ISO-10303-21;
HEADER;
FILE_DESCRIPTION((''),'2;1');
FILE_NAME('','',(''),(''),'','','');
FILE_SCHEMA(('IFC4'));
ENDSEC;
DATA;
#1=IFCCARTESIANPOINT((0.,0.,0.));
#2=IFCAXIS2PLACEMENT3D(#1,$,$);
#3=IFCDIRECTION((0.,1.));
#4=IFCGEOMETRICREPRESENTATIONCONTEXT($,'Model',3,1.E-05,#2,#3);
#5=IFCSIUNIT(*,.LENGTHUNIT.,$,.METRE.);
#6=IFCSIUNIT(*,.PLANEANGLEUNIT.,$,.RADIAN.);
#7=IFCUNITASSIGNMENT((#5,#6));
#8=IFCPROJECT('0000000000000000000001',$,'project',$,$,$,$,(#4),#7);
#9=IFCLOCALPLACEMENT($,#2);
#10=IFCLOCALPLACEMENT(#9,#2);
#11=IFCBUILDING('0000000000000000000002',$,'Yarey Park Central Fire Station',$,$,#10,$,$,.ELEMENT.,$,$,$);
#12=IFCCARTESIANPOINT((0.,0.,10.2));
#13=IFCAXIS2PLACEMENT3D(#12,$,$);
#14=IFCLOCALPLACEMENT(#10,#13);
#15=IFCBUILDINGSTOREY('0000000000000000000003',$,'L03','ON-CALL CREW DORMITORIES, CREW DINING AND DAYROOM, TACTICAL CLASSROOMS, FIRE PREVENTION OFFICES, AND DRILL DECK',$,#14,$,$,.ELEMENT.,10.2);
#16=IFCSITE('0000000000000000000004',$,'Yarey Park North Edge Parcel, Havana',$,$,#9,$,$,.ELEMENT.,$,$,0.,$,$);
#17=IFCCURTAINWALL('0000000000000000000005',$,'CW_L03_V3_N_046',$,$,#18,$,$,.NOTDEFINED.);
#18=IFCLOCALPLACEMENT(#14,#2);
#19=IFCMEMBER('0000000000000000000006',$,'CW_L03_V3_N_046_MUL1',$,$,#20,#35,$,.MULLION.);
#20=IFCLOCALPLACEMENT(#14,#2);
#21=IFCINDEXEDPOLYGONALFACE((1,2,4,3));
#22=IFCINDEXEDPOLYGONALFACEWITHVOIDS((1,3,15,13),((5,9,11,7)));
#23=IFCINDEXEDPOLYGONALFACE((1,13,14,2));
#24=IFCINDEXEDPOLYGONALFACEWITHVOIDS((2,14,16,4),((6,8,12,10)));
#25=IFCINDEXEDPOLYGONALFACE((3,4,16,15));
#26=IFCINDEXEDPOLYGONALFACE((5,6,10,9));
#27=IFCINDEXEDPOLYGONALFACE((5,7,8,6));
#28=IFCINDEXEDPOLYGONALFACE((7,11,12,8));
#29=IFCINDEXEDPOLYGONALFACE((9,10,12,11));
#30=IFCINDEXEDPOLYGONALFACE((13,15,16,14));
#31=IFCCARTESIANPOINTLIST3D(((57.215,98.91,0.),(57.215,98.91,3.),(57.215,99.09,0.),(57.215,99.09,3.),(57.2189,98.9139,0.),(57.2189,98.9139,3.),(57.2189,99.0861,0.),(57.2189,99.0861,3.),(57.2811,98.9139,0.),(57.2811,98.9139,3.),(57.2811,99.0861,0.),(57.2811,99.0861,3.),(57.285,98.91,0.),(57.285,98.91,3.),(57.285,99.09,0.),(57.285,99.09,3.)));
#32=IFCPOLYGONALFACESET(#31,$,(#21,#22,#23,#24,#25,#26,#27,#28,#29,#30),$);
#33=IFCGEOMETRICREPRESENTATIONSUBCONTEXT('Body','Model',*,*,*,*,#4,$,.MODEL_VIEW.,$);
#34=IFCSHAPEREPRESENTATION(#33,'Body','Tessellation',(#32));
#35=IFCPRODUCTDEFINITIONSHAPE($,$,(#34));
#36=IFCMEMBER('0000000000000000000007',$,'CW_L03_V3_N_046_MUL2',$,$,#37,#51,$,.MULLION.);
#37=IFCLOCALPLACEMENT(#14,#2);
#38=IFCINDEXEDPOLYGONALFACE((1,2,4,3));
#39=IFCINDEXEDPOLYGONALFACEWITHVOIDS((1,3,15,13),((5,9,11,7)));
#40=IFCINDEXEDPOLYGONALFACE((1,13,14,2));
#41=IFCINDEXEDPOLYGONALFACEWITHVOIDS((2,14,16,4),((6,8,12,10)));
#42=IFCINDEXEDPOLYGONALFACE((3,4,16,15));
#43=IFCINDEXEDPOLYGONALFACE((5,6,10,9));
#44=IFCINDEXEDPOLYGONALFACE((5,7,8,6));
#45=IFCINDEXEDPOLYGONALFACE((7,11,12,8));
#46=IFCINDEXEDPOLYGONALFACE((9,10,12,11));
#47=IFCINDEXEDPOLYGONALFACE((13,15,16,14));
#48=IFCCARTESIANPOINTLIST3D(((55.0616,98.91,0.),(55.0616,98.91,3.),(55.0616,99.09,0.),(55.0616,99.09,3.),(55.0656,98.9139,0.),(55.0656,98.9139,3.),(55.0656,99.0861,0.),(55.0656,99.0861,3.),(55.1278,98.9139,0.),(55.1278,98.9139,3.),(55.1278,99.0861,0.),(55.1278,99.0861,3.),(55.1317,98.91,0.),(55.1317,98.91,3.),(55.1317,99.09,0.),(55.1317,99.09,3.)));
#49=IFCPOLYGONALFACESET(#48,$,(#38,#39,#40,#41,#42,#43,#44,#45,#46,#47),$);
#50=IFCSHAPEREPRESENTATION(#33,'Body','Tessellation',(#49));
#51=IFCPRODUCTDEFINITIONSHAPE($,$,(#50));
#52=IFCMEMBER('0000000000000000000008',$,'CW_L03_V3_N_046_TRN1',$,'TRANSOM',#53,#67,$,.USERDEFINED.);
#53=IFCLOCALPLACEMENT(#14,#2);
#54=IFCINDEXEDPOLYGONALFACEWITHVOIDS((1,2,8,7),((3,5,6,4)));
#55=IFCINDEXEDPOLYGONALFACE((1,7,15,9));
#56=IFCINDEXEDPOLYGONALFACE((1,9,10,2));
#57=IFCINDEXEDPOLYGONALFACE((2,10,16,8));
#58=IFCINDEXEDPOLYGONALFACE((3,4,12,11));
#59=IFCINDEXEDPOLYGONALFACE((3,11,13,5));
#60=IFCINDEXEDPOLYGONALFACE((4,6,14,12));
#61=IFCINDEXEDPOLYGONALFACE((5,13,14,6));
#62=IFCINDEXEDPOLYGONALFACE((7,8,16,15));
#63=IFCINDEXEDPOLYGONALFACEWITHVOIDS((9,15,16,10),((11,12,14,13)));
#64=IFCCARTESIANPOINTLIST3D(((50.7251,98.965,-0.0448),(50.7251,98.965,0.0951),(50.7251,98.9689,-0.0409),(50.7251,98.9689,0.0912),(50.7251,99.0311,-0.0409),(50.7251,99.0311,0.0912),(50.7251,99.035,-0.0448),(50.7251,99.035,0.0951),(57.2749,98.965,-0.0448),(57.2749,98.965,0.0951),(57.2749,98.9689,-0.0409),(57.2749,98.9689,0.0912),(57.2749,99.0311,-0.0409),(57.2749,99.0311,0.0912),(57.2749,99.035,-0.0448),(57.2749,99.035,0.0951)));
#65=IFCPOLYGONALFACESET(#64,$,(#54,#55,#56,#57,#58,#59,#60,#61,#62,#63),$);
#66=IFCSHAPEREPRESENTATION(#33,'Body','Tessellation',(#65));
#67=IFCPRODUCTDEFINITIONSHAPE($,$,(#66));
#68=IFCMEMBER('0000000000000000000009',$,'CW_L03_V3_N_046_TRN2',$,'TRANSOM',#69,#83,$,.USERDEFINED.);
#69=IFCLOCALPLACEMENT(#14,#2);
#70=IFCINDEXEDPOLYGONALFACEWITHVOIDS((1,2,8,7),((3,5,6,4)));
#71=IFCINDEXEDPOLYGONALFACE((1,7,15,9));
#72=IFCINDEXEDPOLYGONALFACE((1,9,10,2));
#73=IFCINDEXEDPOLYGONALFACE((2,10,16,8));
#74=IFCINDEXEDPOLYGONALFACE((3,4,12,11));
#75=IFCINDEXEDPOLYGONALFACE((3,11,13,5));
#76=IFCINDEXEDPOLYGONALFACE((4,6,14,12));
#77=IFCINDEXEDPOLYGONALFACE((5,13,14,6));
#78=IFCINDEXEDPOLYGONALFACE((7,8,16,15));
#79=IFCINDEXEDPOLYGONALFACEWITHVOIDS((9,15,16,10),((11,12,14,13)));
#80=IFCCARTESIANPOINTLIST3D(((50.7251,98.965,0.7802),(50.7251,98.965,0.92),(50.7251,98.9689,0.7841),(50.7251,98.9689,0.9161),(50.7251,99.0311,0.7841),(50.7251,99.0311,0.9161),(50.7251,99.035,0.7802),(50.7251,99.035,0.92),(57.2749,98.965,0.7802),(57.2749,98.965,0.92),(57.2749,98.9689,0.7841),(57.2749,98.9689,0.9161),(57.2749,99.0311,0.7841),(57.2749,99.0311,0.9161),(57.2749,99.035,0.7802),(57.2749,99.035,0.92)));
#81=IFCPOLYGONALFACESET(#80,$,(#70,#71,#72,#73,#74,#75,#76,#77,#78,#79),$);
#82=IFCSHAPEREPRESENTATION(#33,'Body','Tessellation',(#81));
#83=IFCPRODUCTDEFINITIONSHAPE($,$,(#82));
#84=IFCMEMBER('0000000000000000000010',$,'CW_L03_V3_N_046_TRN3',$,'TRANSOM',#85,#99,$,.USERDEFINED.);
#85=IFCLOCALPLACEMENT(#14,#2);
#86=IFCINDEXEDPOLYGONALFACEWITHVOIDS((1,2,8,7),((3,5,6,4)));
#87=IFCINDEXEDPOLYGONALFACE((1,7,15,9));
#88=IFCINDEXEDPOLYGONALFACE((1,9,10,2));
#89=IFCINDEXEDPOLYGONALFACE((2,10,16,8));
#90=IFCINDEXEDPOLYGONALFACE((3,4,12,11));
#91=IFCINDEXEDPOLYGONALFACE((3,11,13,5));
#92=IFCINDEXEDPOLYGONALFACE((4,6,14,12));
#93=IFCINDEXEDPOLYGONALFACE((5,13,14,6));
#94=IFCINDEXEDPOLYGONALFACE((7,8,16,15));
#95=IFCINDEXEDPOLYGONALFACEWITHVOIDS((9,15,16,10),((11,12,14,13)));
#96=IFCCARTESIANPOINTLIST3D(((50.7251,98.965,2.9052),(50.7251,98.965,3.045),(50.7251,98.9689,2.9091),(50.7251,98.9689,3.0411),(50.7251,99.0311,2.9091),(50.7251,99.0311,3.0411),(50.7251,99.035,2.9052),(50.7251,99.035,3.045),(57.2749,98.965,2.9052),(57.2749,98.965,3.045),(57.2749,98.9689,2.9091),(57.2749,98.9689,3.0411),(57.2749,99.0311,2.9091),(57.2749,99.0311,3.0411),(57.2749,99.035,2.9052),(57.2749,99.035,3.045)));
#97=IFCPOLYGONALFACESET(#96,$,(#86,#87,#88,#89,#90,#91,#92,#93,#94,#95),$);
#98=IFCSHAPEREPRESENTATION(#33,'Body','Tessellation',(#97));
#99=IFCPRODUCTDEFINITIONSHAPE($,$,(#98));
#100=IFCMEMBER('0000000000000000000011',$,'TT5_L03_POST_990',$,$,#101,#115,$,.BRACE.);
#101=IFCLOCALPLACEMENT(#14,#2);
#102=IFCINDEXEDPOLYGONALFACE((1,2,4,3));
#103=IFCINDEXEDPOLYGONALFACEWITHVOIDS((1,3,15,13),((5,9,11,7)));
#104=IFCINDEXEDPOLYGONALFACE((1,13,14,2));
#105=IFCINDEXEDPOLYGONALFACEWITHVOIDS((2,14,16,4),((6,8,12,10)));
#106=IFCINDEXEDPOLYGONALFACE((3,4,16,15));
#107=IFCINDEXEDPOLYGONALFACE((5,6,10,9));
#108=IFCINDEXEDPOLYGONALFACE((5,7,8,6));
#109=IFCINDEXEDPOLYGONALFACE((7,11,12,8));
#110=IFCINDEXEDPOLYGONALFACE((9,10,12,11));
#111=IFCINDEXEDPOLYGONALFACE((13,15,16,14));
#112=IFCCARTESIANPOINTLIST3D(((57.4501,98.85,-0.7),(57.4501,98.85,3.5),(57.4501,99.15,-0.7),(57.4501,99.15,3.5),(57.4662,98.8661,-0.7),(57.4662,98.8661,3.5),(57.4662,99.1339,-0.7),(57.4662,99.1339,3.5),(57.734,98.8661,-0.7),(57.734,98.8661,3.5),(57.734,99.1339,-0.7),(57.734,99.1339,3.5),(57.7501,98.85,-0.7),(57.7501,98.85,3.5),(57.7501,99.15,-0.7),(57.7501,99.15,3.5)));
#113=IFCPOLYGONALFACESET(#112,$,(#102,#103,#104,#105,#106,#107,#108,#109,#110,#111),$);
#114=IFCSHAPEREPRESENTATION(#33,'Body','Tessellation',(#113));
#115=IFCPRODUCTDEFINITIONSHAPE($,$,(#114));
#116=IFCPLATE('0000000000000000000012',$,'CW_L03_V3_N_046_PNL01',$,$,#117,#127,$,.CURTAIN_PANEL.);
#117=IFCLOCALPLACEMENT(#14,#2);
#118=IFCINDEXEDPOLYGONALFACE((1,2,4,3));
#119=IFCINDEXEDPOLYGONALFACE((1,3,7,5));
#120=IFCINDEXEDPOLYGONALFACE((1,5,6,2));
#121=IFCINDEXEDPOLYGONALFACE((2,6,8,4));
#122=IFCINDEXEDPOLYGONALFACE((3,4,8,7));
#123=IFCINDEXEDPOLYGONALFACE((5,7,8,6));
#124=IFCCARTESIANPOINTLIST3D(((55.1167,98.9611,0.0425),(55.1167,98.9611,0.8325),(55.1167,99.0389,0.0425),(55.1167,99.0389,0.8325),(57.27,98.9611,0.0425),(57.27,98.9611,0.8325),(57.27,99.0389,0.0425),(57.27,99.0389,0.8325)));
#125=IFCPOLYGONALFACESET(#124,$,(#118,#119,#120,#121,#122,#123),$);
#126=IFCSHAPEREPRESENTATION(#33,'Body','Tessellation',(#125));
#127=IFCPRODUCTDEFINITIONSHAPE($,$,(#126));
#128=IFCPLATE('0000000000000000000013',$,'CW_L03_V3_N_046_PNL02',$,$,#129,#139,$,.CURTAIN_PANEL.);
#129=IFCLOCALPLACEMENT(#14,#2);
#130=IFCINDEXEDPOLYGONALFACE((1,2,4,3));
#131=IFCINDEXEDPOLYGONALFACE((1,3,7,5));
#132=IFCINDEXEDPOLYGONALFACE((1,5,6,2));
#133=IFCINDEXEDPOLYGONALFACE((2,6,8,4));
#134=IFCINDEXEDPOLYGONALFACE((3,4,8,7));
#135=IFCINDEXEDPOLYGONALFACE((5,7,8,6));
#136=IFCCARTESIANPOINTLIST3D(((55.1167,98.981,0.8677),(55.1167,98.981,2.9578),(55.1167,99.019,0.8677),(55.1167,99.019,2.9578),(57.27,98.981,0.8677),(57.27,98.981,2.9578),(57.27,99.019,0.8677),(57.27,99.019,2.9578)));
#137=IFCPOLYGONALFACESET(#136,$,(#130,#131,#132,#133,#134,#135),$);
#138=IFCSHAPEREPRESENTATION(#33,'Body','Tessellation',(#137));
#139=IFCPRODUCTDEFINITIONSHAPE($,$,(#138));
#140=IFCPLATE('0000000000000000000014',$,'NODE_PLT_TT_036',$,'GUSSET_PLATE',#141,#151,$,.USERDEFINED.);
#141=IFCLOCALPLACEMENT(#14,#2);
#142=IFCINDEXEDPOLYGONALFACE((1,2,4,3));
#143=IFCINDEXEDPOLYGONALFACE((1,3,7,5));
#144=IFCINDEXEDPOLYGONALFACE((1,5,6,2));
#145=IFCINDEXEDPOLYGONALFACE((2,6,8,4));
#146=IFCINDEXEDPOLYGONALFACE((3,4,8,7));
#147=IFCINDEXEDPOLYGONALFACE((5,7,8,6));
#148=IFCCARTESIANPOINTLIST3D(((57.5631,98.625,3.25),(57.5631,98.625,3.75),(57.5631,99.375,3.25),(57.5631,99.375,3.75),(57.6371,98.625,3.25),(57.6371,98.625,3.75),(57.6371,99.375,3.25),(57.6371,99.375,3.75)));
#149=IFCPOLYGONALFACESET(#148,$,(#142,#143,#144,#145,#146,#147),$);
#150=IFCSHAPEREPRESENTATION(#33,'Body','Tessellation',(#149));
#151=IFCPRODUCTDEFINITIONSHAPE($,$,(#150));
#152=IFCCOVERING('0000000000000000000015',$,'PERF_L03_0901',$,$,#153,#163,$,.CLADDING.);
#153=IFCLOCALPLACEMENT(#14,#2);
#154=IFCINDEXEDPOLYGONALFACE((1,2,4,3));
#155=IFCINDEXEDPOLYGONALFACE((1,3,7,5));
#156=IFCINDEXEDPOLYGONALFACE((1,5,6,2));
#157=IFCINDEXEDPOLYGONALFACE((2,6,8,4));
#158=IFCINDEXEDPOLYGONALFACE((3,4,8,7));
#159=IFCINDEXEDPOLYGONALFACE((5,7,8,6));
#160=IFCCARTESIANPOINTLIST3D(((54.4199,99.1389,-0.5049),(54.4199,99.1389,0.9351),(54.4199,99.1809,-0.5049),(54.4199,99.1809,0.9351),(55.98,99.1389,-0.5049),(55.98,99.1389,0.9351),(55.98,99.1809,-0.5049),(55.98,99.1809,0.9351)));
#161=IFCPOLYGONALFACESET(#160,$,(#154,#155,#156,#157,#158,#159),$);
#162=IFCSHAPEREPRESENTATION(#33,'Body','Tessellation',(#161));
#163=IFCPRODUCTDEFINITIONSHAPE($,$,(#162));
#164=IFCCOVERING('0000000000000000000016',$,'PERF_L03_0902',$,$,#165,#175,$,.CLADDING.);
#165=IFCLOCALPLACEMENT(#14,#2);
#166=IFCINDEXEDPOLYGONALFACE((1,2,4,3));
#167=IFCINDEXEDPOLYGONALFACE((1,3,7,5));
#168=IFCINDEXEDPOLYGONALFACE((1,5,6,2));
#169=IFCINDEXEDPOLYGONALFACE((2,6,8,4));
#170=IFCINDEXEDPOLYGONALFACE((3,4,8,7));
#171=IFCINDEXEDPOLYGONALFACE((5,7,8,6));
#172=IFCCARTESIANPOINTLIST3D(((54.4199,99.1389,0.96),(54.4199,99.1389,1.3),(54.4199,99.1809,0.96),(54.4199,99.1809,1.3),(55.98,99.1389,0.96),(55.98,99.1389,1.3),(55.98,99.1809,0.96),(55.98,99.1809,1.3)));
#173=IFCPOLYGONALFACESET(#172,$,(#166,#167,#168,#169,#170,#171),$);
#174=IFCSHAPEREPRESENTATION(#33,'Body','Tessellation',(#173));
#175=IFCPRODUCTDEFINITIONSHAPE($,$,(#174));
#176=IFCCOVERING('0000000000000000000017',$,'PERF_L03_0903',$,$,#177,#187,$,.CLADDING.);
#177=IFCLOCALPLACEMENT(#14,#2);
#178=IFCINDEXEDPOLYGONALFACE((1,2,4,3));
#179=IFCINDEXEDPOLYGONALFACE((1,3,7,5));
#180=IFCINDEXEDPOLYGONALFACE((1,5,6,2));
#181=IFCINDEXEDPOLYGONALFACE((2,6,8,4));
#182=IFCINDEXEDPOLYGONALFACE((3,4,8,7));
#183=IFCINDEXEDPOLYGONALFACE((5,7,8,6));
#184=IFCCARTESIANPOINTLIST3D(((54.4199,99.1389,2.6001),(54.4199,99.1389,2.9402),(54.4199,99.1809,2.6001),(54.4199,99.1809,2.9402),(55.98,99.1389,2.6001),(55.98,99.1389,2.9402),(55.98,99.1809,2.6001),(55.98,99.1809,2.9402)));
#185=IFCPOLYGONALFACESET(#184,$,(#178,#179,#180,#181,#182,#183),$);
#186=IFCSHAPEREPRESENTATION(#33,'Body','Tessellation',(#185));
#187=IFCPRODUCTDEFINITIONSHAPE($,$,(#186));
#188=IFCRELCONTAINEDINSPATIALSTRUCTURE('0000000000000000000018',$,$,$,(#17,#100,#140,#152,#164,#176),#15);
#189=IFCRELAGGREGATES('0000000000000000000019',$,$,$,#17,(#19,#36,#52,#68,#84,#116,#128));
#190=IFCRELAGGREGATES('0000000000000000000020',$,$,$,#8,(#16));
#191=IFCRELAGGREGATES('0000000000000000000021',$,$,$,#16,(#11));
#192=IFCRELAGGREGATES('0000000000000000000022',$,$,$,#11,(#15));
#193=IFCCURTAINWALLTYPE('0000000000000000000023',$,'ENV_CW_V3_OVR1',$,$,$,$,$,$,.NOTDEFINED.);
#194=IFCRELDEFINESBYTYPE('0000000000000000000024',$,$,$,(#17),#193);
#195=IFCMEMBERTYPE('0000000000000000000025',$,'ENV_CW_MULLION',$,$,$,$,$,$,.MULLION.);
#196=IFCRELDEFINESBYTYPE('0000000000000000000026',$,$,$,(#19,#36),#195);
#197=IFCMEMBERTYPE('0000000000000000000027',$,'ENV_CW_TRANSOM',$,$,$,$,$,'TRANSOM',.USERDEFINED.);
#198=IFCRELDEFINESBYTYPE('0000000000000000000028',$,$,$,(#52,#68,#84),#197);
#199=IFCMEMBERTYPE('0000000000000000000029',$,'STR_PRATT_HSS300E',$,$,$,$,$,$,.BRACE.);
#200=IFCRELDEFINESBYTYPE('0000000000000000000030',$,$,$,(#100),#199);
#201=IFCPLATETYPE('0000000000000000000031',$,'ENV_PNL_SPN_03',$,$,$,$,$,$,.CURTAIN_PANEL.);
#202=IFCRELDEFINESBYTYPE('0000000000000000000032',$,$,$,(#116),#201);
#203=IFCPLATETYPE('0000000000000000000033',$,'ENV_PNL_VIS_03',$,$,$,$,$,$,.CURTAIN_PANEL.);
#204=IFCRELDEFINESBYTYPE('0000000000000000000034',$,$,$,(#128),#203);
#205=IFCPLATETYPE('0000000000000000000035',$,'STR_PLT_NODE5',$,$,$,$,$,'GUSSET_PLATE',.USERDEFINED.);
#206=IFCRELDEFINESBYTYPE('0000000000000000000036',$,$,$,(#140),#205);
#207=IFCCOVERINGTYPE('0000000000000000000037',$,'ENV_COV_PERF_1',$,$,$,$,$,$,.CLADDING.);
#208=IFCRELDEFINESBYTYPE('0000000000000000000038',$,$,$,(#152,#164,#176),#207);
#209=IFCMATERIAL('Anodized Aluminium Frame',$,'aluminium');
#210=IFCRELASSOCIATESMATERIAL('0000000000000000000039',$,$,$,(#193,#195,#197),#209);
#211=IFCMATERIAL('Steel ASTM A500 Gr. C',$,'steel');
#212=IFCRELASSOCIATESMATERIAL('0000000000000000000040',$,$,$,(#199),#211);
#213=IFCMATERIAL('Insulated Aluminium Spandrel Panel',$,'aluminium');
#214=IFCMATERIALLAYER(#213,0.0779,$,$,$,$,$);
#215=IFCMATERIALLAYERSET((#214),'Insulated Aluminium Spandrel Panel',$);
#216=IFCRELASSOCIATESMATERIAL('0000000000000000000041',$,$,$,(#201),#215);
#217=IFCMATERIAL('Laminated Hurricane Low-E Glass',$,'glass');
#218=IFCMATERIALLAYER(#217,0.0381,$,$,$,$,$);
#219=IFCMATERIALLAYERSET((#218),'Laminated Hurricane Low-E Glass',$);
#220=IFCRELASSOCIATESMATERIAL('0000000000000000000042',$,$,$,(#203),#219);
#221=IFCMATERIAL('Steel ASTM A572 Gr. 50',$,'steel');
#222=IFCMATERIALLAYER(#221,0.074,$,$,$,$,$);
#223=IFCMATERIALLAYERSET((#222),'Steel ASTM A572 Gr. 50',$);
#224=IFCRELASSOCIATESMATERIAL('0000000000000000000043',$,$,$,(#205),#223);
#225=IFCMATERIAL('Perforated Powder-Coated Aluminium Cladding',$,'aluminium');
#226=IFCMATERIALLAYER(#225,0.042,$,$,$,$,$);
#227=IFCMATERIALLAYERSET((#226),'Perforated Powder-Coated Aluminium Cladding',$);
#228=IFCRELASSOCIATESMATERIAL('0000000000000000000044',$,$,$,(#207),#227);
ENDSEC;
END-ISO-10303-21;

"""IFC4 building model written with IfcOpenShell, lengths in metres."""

from ifc_helpers import new_model, si_unit, direction, frame, origin, origin_2d, place, context, subcontext, project, spatial, rectangle, hollow_rectangle, extrude, material, layer, layer_set, material_profile, profile_set, type_object, element, aggregate, save


model = new_model("IFC4")

# Units and contexts
model_context = context("Model", 3, precision=1e-05, world=origin(), true_north=direction((0.0, 1.0)))
body_context = subcontext(model_context, "Body", "Model", "MODEL_VIEW")
ifc_project = project(units=[si_unit("LENGTHUNIT", "METRE"), si_unit("PLANEANGLEUNIT", "RADIAN")], contexts=[model_context])

# Site, building, storey
site_placement = place(None, origin())
site = spatial("IfcSite", under=ifc_project, at=site_placement, Name="Yarey Park North Edge Parcel, Havana", CompositionType="ELEMENT", RefElevation=0.0)
building_placement = place(site_placement, origin())
building = spatial("IfcBuilding", under=site, at=building_placement, Name="Yarey Park Central Fire Station", CompositionType="ELEMENT")
storey_placement = place(building_placement, frame((0.0, 0.0, 10.2)))
storey = spatial("IfcBuildingStorey", under=building, at=storey_placement, Name="L03", Description="ON-CALL CREW DORMITORIES, CREW DINING AND DAYROOM, TACTICAL CLASSROOMS, FIRE PREVENTION OFFICES, AND DRILL DECK", CompositionType="ELEMENT", Elevation=10.2)

# Curtain wall, members
ifc_material_1 = material(Name="Anodized Aluminium Frame", Category="aluminium")
curtain_wall_type = type_object("IfcCurtainWallType", Name="ENV_CW_V3_OVR1", PredefinedType="NOTDEFINED", material=ifc_material_1)
curtain_wall_placement = place(storey_placement, origin())
curtain_wall = element("IfcCurtainWall", 1, at=curtain_wall_placement, inside=storey, type_object=curtain_wall_type, Name="CW_L03_V3_N_046", PredefinedType="NOTDEFINED")
ifc_material_profile_1 = material_profile(ifc_material_1, hollow_rectangle(XDim=0.0701, YDim=0.1799, WallThickness=0.0039, at=origin_2d()), Name="ALU 180x70x4")
ifc_profile_set_1 = profile_set([ifc_material_profile_1], Name="Anodized Aluminium Frame")
member_type_1 = type_object("IfcMemberType", Name="ENV_CW_MULLION", PredefinedType="MULLION", material=ifc_profile_set_1)
member_1_placement = place(storey_placement, frame((57.25, 99.0, 0.0), z_axis=(0.0, 0.0, 1.0), x_axis=(1.0, 0.0, 0.0)))
member_1 = element("IfcMember", 2, at=member_1_placement, type_object=member_type_1, Name="CW_L03_V3_N_046_MUL1", PredefinedType="MULLION", context=body_context, shape_type="SweptSolid", body=[
    extrude(hollow_rectangle(XDim=0.0701, YDim=0.1799, WallThickness=0.0039, at=origin_2d()), origin(), (0.0, 0.0, 1.0), 3.0),
])
member_2_placement = place(storey_placement, frame((55.0967, 99.0, 0.0), z_axis=(0.0, 0.0, 1.0), x_axis=(1.0, 0.0, 0.0)))
member_2 = element("IfcMember", 3, at=member_2_placement, type_object=member_type_1, Name="CW_L03_V3_N_046_MUL2", PredefinedType="MULLION", context=body_context, shape_type="SweptSolid", body=[
    extrude(hollow_rectangle(XDim=0.0701, YDim=0.1799, WallThickness=0.0039, at=origin_2d()), origin(), (0.0, 0.0, 1.0), 3.0),
])
ifc_material_profile_2 = material_profile(ifc_material_1, hollow_rectangle(XDim=0.0701, YDim=0.1399, WallThickness=0.0039, at=origin_2d()), Name="ALU 140x70x4")
ifc_profile_set_2 = profile_set([ifc_material_profile_2], Name="Anodized Aluminium Frame")
member_type_2 = type_object("IfcMemberType", Name="ENV_CW_TRANSOM", ElementType="TRANSOM", PredefinedType="USERDEFINED", material=ifc_profile_set_2)
member_3_placement = place(storey_placement, frame((57.2749, 99.0, 0.0251), z_axis=(-1.0, 0.0, 0.0), x_axis=(0.0, -1.0, 0.0)))
member_3 = element("IfcMember", 4, at=member_3_placement, type_object=member_type_2, Name="CW_L03_V3_N_046_TRN1", ObjectType="TRANSOM", PredefinedType="USERDEFINED", context=body_context, shape_type="SweptSolid", body=[
    extrude(hollow_rectangle(XDim=0.0701, YDim=0.1399, WallThickness=0.0039, at=origin_2d()), origin(), (0.0, 0.0, 1.0), 6.5498),
])
member_4_placement = place(storey_placement, frame((57.2749, 99.0, 0.8501), z_axis=(-1.0, 0.0, 0.0), x_axis=(0.0, -1.0, 0.0)))
member_4 = element("IfcMember", 5, at=member_4_placement, type_object=member_type_2, Name="CW_L03_V3_N_046_TRN2", ObjectType="TRANSOM", PredefinedType="USERDEFINED", context=body_context, shape_type="SweptSolid", body=[
    extrude(hollow_rectangle(XDim=0.0701, YDim=0.1399, WallThickness=0.0039, at=origin_2d()), origin(), (0.0, 0.0, 1.0), 6.5498),
])
member_5_placement = place(storey_placement, frame((57.2749, 99.0, 2.9751), z_axis=(-1.0, 0.0, 0.0), x_axis=(0.0, -1.0, 0.0)))
member_5 = element("IfcMember", 6, at=member_5_placement, type_object=member_type_2, Name="CW_L03_V3_N_046_TRN3", ObjectType="TRANSOM", PredefinedType="USERDEFINED", context=body_context, shape_type="SweptSolid", body=[
    extrude(hollow_rectangle(XDim=0.0701, YDim=0.1399, WallThickness=0.0039, at=origin_2d()), origin(), (0.0, 0.0, 1.0), 6.5498),
])

# Member
ifc_material_2 = material(Name="Steel ASTM A500 Gr. C", Category="steel")
ifc_material_profile_3 = material_profile(ifc_material_2, hollow_rectangle(XDim=0.3, YDim=0.3, WallThickness=0.0161, at=origin_2d()), Name="HSS 300x300x16")
ifc_profile_set_3 = profile_set([ifc_material_profile_3], Name="Steel ASTM A500 Gr. C")
member_type_3 = type_object("IfcMemberType", Name="STR_PRATT_HSS300E", PredefinedType="BRACE", material=ifc_profile_set_3)
member_6_placement = place(storey_placement, frame((57.6001, 99.0, -0.7), z_axis=(0.0, 0.0, 1.0), x_axis=(1.0, 0.0, 0.0)))
element("IfcMember", 7, at=member_6_placement, inside=storey, type_object=member_type_3, Name="TT5_L03_POST_990", PredefinedType="BRACE", context=body_context, shape_type="SweptSolid", body=[
    extrude(hollow_rectangle(XDim=0.3, YDim=0.3, WallThickness=0.0161, at=origin_2d()), origin(), (0.0, 0.0, 1.0), 4.2),
])

# Plates
ifc_material_3 = material(Name="Insulated Aluminium Spandrel Panel", Category="aluminium")
ifc_layer_1 = layer(ifc_material_3, 0.0779)
ifc_layer_set_1 = layer_set([ifc_layer_1], Name="Insulated Aluminium Spandrel Panel")
plate_type_1 = type_object("IfcPlateType", Name="ENV_PNL_SPN_03", PredefinedType="CURTAIN_PANEL", material=ifc_layer_set_1)
plate_1_placement = place(storey_placement, frame((56.1934, 99.0, 0.0425), z_axis=(0.0, 0.0, 1.0), x_axis=(-1.0, 0.0, 0.0)))
plate_1 = element("IfcPlate", 8, at=plate_1_placement, type_object=plate_type_1, Name="CW_L03_V3_N_046_PNL01", PredefinedType="CURTAIN_PANEL", context=body_context, shape_type="SweptSolid", body=[
    extrude(rectangle(XDim=2.1533, YDim=0.0779, at=origin_2d()), origin(), (0.0, 0.0, 1.0), 0.79),
])
ifc_material_4 = material(Name="Laminated Hurricane Low-E Glass", Category="glass")
ifc_layer_2 = layer(ifc_material_4, 0.0381)
ifc_layer_set_2 = layer_set([ifc_layer_2], Name="Laminated Hurricane Low-E Glass")
plate_type_2 = type_object("IfcPlateType", Name="ENV_PNL_VIS_03", PredefinedType="CURTAIN_PANEL", material=ifc_layer_set_2)
plate_2_placement = place(storey_placement, frame((56.1934, 99.0, 0.8677), z_axis=(0.0, 0.0, 1.0), x_axis=(-1.0, 0.0, 0.0)))
plate_2 = element("IfcPlate", 9, at=plate_2_placement, type_object=plate_type_2, Name="CW_L03_V3_N_046_PNL02", PredefinedType="CURTAIN_PANEL", context=body_context, shape_type="SweptSolid", body=[
    extrude(rectangle(XDim=2.1533, YDim=0.0381, at=origin_2d()), origin(), (0.0, 0.0, 1.0), 2.0901),
])
aggregate(curtain_wall, [member_1, member_2, member_3, member_4, member_5, plate_1, plate_2])
ifc_material_5 = material(Name="Steel ASTM A572 Gr. 50", Category="steel")
ifc_layer_3 = layer(ifc_material_5, 0.074)
ifc_layer_set_3 = layer_set([ifc_layer_3], Name="Steel ASTM A572 Gr. 50")
plate_type_3 = type_object("IfcPlateType", Name="STR_PLT_NODE5", ElementType="GUSSET_PLATE", PredefinedType="USERDEFINED", material=ifc_layer_set_3)
plate_3_placement = place(storey_placement, frame((57.6001, 99.0, 3.25), z_axis=(0.0, 0.0, 1.0), x_axis=(1.0, 0.0, 0.0)))
element("IfcPlate", 10, at=plate_3_placement, inside=storey, type_object=plate_type_3, Name="NODE_PLT_TT_036", ObjectType="GUSSET_PLATE", PredefinedType="USERDEFINED", context=body_context, shape_type="SweptSolid", body=[
    extrude(rectangle(XDim=0.074, YDim=0.75, at=origin_2d()), origin(), (0.0, 0.0, 1.0), 0.5),
])

# Coverings
ifc_material_6 = material(Name="Perforated Powder-Coated Aluminium Cladding", Category="aluminium")
ifc_layer_4 = layer(ifc_material_6, 0.042)
ifc_layer_set_4 = layer_set([ifc_layer_4], Name="Perforated Powder-Coated Aluminium Cladding")
covering_type_1 = type_object("IfcCoveringType", Name="ENV_COV_PERF_1", PredefinedType="CLADDING", material=ifc_layer_set_4)
covering_1_placement = place(storey_placement, frame((55.2, 99.1599, -0.5049), z_axis=(0.0, 0.0, 1.0), x_axis=(1.0, 0.0, 0.0)))
element("IfcCovering", 11, at=covering_1_placement, inside=storey, type_object=covering_type_1, Name="PERF_L03_0901", PredefinedType="CLADDING", context=body_context, shape_type="SweptSolid", body=[
    extrude(rectangle(XDim=1.5601, YDim=0.042, at=origin_2d()), origin(), (0.0, 0.0, 1.0), 1.4399),
])
for number, where, z_axis, x_axis, name in (
    (12, (55.2, 99.1599, 0.96), (0.0, 0.0, 1.0), (1.0, 0.0, 0.0), "PERF_L03_0902"),
    (13, (55.2, 99.1599, 2.6001), (0.0, 0.0, 1.0), (1.0, 0.0, 0.0), "PERF_L03_0903"),
):
    element("IfcCovering", number, at=place(storey_placement, frame(where, z_axis=z_axis, x_axis=x_axis)), inside=storey, type_object=covering_type_1, Name=name, PredefinedType="CLADDING", context=body_context, shape_type="SweptSolid", body=[
        extrude(rectangle(XDim=1.5601, YDim=0.042, at=origin_2d()), origin(), (0.0, 0.0, 1.0), 0.3401),
    ])

save(model, "model.ifc")
